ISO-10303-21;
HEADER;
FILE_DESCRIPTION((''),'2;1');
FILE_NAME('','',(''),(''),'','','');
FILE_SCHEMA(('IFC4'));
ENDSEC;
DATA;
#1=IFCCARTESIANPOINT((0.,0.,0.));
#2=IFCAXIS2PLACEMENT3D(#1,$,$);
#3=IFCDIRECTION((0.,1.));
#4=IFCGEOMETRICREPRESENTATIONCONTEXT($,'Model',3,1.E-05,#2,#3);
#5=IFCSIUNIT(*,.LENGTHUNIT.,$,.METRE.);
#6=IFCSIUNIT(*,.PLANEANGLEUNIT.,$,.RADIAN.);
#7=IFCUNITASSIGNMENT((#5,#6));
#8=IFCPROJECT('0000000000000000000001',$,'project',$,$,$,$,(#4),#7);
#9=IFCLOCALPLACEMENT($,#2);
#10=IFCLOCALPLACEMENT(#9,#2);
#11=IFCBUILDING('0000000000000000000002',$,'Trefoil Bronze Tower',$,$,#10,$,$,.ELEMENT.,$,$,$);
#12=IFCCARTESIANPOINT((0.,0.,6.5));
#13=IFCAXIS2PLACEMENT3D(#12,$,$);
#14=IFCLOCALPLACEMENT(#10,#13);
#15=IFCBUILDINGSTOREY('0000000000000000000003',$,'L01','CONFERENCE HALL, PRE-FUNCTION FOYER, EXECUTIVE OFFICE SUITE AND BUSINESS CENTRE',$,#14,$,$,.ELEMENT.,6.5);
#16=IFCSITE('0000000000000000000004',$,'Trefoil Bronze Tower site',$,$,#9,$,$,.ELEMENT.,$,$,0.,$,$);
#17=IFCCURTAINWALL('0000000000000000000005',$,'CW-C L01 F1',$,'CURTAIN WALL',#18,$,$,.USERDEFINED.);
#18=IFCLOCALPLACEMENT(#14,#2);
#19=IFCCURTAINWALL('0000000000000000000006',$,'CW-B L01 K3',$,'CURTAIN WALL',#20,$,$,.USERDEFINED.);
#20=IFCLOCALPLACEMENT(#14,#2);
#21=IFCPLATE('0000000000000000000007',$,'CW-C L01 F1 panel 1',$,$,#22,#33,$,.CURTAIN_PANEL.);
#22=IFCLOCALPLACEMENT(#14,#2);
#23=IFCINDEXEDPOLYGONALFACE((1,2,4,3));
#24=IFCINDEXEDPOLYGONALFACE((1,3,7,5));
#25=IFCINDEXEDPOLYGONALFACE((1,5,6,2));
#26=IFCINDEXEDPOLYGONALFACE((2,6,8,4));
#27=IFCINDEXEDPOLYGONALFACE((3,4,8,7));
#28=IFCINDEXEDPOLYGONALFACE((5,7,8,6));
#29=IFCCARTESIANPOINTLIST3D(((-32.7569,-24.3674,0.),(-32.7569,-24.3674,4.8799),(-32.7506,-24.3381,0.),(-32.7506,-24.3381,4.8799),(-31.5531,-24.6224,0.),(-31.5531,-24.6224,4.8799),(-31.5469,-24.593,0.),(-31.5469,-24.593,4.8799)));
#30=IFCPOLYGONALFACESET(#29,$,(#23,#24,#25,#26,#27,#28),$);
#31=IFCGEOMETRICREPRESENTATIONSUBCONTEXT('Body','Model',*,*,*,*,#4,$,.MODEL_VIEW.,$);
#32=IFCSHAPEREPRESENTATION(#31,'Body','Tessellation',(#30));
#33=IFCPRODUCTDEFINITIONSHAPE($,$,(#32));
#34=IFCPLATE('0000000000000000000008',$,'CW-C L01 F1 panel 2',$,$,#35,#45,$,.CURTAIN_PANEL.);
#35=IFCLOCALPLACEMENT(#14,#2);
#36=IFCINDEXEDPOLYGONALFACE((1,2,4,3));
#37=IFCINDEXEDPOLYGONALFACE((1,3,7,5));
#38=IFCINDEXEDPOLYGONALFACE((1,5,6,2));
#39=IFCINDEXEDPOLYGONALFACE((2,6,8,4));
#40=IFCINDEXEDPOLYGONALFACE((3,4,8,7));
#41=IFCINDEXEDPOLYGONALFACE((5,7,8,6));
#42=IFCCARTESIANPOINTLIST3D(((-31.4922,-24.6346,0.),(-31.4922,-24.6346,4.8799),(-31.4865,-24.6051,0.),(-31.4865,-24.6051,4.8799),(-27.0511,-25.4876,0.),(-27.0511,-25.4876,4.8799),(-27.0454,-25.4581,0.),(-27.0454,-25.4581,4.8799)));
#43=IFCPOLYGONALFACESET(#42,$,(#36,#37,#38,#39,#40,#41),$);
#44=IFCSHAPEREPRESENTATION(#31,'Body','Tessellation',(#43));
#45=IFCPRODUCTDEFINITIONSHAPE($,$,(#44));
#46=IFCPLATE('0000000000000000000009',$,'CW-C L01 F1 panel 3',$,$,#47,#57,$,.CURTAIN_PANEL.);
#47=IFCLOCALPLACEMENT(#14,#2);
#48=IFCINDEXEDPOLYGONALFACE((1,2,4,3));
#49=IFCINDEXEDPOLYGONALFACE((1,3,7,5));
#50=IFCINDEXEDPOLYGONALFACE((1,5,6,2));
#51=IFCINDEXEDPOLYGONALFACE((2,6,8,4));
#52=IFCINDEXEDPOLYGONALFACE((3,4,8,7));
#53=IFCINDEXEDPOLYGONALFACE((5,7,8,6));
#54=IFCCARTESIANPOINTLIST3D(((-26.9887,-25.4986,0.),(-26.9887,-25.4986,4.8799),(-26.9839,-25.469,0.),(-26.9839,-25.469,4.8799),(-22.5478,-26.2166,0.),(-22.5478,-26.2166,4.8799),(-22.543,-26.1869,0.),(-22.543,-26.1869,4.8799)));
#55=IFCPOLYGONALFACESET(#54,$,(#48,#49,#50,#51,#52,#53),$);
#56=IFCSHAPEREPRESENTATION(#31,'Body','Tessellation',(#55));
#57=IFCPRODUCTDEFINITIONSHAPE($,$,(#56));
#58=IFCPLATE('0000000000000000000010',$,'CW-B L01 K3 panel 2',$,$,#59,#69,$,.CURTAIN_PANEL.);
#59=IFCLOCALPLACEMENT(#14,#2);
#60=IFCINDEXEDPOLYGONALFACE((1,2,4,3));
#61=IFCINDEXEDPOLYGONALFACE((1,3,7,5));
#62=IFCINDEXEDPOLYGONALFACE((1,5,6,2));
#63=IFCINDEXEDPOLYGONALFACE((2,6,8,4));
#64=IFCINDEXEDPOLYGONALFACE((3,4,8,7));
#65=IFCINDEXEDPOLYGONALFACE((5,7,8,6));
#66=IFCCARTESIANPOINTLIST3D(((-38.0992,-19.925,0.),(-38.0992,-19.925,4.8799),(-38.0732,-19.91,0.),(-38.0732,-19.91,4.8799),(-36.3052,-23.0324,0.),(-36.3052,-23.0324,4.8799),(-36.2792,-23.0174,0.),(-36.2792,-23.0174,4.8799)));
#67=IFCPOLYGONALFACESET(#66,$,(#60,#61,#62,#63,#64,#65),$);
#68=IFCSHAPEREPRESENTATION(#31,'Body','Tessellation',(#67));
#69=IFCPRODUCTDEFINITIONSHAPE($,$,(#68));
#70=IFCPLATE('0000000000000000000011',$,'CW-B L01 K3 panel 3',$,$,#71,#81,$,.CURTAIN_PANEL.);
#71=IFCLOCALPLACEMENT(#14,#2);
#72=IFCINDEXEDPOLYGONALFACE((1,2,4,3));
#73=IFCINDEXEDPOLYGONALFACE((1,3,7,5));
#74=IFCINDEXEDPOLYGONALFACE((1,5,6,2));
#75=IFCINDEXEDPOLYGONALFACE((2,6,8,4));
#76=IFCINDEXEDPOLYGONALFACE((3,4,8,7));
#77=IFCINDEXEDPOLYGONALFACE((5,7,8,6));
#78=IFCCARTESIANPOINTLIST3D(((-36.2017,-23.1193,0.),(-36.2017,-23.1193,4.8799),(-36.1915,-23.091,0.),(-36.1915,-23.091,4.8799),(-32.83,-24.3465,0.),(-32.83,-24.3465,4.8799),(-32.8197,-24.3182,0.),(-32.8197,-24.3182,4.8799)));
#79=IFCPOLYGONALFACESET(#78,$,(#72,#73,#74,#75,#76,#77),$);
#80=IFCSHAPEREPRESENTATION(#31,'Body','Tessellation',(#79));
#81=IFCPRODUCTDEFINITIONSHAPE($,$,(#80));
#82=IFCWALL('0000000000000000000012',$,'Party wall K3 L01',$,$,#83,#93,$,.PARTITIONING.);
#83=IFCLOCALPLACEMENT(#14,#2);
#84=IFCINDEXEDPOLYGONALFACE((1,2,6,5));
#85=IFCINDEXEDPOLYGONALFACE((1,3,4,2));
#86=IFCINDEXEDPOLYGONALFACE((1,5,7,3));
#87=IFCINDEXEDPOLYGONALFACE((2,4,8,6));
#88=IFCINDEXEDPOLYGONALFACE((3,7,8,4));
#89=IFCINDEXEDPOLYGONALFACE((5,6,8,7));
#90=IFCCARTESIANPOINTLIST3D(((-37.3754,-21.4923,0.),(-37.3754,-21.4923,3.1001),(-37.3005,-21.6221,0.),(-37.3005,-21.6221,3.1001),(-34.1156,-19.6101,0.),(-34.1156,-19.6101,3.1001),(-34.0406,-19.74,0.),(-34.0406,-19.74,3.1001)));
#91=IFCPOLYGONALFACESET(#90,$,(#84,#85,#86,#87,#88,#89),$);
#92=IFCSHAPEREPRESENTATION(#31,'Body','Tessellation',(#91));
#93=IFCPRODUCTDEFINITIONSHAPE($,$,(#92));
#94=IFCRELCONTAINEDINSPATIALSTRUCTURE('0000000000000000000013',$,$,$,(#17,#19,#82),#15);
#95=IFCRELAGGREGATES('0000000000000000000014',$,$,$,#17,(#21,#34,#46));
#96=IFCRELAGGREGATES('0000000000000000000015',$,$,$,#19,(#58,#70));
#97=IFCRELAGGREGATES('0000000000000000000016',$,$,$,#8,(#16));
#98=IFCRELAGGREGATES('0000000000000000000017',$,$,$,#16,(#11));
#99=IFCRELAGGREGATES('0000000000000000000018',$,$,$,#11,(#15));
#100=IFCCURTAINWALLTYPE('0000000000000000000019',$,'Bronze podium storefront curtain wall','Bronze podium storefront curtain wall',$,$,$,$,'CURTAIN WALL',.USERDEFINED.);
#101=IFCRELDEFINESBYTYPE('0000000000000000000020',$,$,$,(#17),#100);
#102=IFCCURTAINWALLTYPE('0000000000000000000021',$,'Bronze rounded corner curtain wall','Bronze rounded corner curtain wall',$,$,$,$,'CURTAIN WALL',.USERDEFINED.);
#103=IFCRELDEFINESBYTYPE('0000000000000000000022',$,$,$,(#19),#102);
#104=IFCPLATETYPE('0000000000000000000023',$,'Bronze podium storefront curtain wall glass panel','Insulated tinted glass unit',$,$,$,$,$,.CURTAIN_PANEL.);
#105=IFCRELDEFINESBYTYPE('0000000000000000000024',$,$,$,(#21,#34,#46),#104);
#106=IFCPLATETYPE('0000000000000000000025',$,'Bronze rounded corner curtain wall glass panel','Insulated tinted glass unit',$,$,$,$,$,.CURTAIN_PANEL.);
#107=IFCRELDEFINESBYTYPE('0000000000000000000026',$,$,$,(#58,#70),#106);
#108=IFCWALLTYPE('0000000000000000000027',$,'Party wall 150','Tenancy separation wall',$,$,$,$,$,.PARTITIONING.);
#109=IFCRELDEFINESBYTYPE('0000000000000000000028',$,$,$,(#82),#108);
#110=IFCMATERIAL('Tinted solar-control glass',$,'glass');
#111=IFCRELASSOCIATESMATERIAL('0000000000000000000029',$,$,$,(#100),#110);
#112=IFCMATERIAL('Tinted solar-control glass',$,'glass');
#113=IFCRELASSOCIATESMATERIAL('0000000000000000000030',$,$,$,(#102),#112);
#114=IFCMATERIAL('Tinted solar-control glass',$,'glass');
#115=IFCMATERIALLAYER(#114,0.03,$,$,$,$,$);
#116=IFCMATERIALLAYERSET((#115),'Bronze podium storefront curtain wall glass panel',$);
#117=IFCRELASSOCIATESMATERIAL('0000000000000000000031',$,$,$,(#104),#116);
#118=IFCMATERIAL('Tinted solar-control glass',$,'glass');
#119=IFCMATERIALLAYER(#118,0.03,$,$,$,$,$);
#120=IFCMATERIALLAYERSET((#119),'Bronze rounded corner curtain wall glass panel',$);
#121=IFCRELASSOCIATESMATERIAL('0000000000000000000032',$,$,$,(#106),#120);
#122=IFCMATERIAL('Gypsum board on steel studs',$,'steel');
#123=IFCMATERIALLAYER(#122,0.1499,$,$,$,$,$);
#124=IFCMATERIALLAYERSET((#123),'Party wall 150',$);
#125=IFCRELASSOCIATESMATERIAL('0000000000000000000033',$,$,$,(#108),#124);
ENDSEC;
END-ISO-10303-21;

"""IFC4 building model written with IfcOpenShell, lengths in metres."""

from ifc_helpers import new_model, si_unit, direction, frame, frame_2d, origin, origin_2d, place, context, subcontext, project, spatial, rectangle, extrude, material, layer, layer_set, type_object, element, aggregate, save


model = new_model("IFC4")

# Units and contexts
model_context = context("Model", 3, precision=1e-05, world=origin(), true_north=direction((0.0, 1.0)))
body_context = subcontext(model_context, "Body", "Model", "MODEL_VIEW")
ifc_project = project(units=[si_unit("LENGTHUNIT", "METRE"), si_unit("PLANEANGLEUNIT", "RADIAN")], contexts=[model_context])

# Site, building, storey
site_placement = place(None, origin())
site = spatial("IfcSite", under=ifc_project, at=site_placement, Name="Trefoil Bronze Tower site", CompositionType="ELEMENT", RefElevation=0.0)
building_placement = place(site_placement, origin())
building = spatial("IfcBuilding", under=site, at=building_placement, Name="Trefoil Bronze Tower", CompositionType="ELEMENT")
storey_placement = place(building_placement, frame((0.0, 0.0, 6.5)))
storey = spatial("IfcBuildingStorey", under=building, at=storey_placement, Name="L01", Description="CONFERENCE HALL, PRE-FUNCTION FOYER, EXECUTIVE OFFICE SUITE AND BUSINESS CENTRE", CompositionType="ELEMENT", Elevation=6.5)

# Curtain walls
ifc_material_1 = material(Name="Tinted solar-control glass", Category="glass")
curtain_wall_type_1 = type_object("IfcCurtainWallType", Name="Bronze podium storefront curtain wall", Description="Bronze podium storefront curtain wall", ElementType="CURTAIN WALL", PredefinedType="USERDEFINED", material=ifc_material_1)
curtain_wall_1_placement = place(storey_placement, origin())
curtain_wall_1 = element("IfcCurtainWall", 1, at=curtain_wall_1_placement, inside=storey, type_object=curtain_wall_type_1, Name="CW-C L01 F1", ObjectType="CURTAIN WALL", PredefinedType="USERDEFINED")
ifc_material_2 = material(Name="Tinted solar-control glass", Category="glass")
curtain_wall_type_2 = type_object("IfcCurtainWallType", Name="Bronze rounded corner curtain wall", Description="Bronze rounded corner curtain wall", ElementType="CURTAIN WALL", PredefinedType="USERDEFINED", material=ifc_material_2)
curtain_wall_2_placement = place(storey_placement, origin())
curtain_wall_2 = element("IfcCurtainWall", 2, at=curtain_wall_2_placement, inside=storey, type_object=curtain_wall_type_2, Name="CW-B L01 K3", ObjectType="CURTAIN WALL", PredefinedType="USERDEFINED")

# Plates
ifc_material_3 = material(Name="Tinted solar-control glass", Category="glass")
ifc_layer_1 = layer(ifc_material_3, 0.03)
ifc_layer_set_1 = layer_set([ifc_layer_1], Name="Bronze podium storefront curtain wall glass panel")
plate_type_1 = type_object("IfcPlateType", Name="Bronze podium storefront curtain wall glass panel", Description="Insulated tinted glass unit", PredefinedType="CURTAIN_PANEL", material=ifc_layer_set_1)
plate_1_placement = place(storey_placement, frame((-32.1519, -24.4802, 0.0), z_axis=(0.0, 0.0, 1.0), x_axis=(0.978303, -0.207181, 0.0)))
plate_1 = element("IfcPlate", 3, at=plate_1_placement, type_object=plate_type_1, Name="CW-C L01 F1 panel 1", PredefinedType="CURTAIN_PANEL", context=body_context, shape_type="SweptSolid", body=[
    extrude(rectangle(XDim=1.2305, YDim=0.03, at=origin_2d()), origin(), (0.0, 0.0, 1.0), 4.8799),
])
plate_2_placement = place(storey_placement, frame((-29.2688, -25.0464, 0.0), z_axis=(0.0, 0.0, 1.0), x_axis=(0.98205, -0.188622, 0.0)))
plate_2 = element("IfcPlate", 4, at=plate_2_placement, type_object=plate_type_1, Name="CW-C L01 F1 panel 2", PredefinedType="CURTAIN_PANEL", context=body_context, shape_type="SweptSolid", body=[
    extrude(rectangle(XDim=4.5222, YDim=0.03, at=origin_2d()), origin(), (0.0, 0.0, 1.0), 4.8799),
])
plate_3_placement = place(storey_placement, frame((-24.7659, -25.8428, 0.0), z_axis=(0.0, 0.0, 1.0), x_axis=(0.987181, -0.159603, 0.0)))
plate_3 = element("IfcPlate", 5, at=plate_3_placement, type_object=plate_type_1, Name="CW-C L01 F1 panel 3", PredefinedType="CURTAIN_PANEL", context=body_context, shape_type="SweptSolid", body=[
    extrude(rectangle(XDim=4.4985, YDim=0.03, at=origin_2d()), origin(), (0.0, 0.0, 1.0), 4.8799),
])
aggregate(curtain_wall_1, [plate_1, plate_2, plate_3])
ifc_material_4 = material(Name="Tinted solar-control glass", Category="glass")
ifc_layer_2 = layer(ifc_material_4, 0.03)
ifc_layer_set_2 = layer_set([ifc_layer_2], Name="Bronze rounded corner curtain wall glass panel")
plate_type_2 = type_object("IfcPlateType", Name="Bronze rounded corner curtain wall glass panel", Description="Insulated tinted glass unit", PredefinedType="CURTAIN_PANEL", material=ifc_layer_set_2)
plate_4_placement = place(storey_placement, frame((-37.1892, -21.4712, 0.0), z_axis=(0.0, 0.0, 1.0), x_axis=(0.5, -0.866025, 0.0)))
plate_4 = element("IfcPlate", 6, at=plate_4_placement, type_object=plate_type_2, Name="CW-B L01 K3 panel 2", PredefinedType="CURTAIN_PANEL", context=body_context, shape_type="SweptSolid", body=[
    extrude(rectangle(XDim=3.5881, YDim=0.03, at=origin_2d()), origin(), (0.0, 0.0, 1.0), 4.8799),
])
plate_5_placement = place(storey_placement, frame((-34.5107, -23.7188, 0.0), z_axis=(0.0, 0.0, 1.0), x_axis=(0.939693, -0.34202, 0.0)))
plate_5 = element("IfcPlate", 7, at=plate_5_placement, type_object=plate_type_2, Name="CW-B L01 K3 panel 3", PredefinedType="CURTAIN_PANEL", context=body_context, shape_type="SweptSolid", body=[
    extrude(rectangle(XDim=3.5881, YDim=0.03, at=origin_2d()), origin(), (0.0, 0.0, 1.0), 4.8799),
])
aggregate(curtain_wall_2, [plate_4, plate_5])

# Wall
ifc_material_5 = material(Name="Gypsum board on steel studs", Category="steel")
ifc_layer_3 = layer(ifc_material_5, 0.1499)
ifc_layer_set_3 = layer_set([ifc_layer_3], Name="Party wall 150")
wall_type = type_object("IfcWallType", Name="Party wall 150", Description="Tenancy separation wall", PredefinedType="PARTITIONING", material=ifc_layer_set_3)
wall_placement = place(storey_placement, frame((-34.0781, -19.675, 0.0), z_axis=(0.0, 0.0, 1.0), x_axis=(-0.866019, -0.500011, 0.0)))
element("IfcWall", 8, at=wall_placement, inside=storey, type_object=wall_type, Name="Party wall K3 L01", PredefinedType="PARTITIONING", context=body_context, shape_type="SweptSolid", body=[
    extrude(rectangle(XDim=3.7642, YDim=0.1499, at=frame_2d((1.8821, 0.0))), origin(), (0.0, 0.0, 1.0), 3.1001),
])

save(model, "model.ifc")
